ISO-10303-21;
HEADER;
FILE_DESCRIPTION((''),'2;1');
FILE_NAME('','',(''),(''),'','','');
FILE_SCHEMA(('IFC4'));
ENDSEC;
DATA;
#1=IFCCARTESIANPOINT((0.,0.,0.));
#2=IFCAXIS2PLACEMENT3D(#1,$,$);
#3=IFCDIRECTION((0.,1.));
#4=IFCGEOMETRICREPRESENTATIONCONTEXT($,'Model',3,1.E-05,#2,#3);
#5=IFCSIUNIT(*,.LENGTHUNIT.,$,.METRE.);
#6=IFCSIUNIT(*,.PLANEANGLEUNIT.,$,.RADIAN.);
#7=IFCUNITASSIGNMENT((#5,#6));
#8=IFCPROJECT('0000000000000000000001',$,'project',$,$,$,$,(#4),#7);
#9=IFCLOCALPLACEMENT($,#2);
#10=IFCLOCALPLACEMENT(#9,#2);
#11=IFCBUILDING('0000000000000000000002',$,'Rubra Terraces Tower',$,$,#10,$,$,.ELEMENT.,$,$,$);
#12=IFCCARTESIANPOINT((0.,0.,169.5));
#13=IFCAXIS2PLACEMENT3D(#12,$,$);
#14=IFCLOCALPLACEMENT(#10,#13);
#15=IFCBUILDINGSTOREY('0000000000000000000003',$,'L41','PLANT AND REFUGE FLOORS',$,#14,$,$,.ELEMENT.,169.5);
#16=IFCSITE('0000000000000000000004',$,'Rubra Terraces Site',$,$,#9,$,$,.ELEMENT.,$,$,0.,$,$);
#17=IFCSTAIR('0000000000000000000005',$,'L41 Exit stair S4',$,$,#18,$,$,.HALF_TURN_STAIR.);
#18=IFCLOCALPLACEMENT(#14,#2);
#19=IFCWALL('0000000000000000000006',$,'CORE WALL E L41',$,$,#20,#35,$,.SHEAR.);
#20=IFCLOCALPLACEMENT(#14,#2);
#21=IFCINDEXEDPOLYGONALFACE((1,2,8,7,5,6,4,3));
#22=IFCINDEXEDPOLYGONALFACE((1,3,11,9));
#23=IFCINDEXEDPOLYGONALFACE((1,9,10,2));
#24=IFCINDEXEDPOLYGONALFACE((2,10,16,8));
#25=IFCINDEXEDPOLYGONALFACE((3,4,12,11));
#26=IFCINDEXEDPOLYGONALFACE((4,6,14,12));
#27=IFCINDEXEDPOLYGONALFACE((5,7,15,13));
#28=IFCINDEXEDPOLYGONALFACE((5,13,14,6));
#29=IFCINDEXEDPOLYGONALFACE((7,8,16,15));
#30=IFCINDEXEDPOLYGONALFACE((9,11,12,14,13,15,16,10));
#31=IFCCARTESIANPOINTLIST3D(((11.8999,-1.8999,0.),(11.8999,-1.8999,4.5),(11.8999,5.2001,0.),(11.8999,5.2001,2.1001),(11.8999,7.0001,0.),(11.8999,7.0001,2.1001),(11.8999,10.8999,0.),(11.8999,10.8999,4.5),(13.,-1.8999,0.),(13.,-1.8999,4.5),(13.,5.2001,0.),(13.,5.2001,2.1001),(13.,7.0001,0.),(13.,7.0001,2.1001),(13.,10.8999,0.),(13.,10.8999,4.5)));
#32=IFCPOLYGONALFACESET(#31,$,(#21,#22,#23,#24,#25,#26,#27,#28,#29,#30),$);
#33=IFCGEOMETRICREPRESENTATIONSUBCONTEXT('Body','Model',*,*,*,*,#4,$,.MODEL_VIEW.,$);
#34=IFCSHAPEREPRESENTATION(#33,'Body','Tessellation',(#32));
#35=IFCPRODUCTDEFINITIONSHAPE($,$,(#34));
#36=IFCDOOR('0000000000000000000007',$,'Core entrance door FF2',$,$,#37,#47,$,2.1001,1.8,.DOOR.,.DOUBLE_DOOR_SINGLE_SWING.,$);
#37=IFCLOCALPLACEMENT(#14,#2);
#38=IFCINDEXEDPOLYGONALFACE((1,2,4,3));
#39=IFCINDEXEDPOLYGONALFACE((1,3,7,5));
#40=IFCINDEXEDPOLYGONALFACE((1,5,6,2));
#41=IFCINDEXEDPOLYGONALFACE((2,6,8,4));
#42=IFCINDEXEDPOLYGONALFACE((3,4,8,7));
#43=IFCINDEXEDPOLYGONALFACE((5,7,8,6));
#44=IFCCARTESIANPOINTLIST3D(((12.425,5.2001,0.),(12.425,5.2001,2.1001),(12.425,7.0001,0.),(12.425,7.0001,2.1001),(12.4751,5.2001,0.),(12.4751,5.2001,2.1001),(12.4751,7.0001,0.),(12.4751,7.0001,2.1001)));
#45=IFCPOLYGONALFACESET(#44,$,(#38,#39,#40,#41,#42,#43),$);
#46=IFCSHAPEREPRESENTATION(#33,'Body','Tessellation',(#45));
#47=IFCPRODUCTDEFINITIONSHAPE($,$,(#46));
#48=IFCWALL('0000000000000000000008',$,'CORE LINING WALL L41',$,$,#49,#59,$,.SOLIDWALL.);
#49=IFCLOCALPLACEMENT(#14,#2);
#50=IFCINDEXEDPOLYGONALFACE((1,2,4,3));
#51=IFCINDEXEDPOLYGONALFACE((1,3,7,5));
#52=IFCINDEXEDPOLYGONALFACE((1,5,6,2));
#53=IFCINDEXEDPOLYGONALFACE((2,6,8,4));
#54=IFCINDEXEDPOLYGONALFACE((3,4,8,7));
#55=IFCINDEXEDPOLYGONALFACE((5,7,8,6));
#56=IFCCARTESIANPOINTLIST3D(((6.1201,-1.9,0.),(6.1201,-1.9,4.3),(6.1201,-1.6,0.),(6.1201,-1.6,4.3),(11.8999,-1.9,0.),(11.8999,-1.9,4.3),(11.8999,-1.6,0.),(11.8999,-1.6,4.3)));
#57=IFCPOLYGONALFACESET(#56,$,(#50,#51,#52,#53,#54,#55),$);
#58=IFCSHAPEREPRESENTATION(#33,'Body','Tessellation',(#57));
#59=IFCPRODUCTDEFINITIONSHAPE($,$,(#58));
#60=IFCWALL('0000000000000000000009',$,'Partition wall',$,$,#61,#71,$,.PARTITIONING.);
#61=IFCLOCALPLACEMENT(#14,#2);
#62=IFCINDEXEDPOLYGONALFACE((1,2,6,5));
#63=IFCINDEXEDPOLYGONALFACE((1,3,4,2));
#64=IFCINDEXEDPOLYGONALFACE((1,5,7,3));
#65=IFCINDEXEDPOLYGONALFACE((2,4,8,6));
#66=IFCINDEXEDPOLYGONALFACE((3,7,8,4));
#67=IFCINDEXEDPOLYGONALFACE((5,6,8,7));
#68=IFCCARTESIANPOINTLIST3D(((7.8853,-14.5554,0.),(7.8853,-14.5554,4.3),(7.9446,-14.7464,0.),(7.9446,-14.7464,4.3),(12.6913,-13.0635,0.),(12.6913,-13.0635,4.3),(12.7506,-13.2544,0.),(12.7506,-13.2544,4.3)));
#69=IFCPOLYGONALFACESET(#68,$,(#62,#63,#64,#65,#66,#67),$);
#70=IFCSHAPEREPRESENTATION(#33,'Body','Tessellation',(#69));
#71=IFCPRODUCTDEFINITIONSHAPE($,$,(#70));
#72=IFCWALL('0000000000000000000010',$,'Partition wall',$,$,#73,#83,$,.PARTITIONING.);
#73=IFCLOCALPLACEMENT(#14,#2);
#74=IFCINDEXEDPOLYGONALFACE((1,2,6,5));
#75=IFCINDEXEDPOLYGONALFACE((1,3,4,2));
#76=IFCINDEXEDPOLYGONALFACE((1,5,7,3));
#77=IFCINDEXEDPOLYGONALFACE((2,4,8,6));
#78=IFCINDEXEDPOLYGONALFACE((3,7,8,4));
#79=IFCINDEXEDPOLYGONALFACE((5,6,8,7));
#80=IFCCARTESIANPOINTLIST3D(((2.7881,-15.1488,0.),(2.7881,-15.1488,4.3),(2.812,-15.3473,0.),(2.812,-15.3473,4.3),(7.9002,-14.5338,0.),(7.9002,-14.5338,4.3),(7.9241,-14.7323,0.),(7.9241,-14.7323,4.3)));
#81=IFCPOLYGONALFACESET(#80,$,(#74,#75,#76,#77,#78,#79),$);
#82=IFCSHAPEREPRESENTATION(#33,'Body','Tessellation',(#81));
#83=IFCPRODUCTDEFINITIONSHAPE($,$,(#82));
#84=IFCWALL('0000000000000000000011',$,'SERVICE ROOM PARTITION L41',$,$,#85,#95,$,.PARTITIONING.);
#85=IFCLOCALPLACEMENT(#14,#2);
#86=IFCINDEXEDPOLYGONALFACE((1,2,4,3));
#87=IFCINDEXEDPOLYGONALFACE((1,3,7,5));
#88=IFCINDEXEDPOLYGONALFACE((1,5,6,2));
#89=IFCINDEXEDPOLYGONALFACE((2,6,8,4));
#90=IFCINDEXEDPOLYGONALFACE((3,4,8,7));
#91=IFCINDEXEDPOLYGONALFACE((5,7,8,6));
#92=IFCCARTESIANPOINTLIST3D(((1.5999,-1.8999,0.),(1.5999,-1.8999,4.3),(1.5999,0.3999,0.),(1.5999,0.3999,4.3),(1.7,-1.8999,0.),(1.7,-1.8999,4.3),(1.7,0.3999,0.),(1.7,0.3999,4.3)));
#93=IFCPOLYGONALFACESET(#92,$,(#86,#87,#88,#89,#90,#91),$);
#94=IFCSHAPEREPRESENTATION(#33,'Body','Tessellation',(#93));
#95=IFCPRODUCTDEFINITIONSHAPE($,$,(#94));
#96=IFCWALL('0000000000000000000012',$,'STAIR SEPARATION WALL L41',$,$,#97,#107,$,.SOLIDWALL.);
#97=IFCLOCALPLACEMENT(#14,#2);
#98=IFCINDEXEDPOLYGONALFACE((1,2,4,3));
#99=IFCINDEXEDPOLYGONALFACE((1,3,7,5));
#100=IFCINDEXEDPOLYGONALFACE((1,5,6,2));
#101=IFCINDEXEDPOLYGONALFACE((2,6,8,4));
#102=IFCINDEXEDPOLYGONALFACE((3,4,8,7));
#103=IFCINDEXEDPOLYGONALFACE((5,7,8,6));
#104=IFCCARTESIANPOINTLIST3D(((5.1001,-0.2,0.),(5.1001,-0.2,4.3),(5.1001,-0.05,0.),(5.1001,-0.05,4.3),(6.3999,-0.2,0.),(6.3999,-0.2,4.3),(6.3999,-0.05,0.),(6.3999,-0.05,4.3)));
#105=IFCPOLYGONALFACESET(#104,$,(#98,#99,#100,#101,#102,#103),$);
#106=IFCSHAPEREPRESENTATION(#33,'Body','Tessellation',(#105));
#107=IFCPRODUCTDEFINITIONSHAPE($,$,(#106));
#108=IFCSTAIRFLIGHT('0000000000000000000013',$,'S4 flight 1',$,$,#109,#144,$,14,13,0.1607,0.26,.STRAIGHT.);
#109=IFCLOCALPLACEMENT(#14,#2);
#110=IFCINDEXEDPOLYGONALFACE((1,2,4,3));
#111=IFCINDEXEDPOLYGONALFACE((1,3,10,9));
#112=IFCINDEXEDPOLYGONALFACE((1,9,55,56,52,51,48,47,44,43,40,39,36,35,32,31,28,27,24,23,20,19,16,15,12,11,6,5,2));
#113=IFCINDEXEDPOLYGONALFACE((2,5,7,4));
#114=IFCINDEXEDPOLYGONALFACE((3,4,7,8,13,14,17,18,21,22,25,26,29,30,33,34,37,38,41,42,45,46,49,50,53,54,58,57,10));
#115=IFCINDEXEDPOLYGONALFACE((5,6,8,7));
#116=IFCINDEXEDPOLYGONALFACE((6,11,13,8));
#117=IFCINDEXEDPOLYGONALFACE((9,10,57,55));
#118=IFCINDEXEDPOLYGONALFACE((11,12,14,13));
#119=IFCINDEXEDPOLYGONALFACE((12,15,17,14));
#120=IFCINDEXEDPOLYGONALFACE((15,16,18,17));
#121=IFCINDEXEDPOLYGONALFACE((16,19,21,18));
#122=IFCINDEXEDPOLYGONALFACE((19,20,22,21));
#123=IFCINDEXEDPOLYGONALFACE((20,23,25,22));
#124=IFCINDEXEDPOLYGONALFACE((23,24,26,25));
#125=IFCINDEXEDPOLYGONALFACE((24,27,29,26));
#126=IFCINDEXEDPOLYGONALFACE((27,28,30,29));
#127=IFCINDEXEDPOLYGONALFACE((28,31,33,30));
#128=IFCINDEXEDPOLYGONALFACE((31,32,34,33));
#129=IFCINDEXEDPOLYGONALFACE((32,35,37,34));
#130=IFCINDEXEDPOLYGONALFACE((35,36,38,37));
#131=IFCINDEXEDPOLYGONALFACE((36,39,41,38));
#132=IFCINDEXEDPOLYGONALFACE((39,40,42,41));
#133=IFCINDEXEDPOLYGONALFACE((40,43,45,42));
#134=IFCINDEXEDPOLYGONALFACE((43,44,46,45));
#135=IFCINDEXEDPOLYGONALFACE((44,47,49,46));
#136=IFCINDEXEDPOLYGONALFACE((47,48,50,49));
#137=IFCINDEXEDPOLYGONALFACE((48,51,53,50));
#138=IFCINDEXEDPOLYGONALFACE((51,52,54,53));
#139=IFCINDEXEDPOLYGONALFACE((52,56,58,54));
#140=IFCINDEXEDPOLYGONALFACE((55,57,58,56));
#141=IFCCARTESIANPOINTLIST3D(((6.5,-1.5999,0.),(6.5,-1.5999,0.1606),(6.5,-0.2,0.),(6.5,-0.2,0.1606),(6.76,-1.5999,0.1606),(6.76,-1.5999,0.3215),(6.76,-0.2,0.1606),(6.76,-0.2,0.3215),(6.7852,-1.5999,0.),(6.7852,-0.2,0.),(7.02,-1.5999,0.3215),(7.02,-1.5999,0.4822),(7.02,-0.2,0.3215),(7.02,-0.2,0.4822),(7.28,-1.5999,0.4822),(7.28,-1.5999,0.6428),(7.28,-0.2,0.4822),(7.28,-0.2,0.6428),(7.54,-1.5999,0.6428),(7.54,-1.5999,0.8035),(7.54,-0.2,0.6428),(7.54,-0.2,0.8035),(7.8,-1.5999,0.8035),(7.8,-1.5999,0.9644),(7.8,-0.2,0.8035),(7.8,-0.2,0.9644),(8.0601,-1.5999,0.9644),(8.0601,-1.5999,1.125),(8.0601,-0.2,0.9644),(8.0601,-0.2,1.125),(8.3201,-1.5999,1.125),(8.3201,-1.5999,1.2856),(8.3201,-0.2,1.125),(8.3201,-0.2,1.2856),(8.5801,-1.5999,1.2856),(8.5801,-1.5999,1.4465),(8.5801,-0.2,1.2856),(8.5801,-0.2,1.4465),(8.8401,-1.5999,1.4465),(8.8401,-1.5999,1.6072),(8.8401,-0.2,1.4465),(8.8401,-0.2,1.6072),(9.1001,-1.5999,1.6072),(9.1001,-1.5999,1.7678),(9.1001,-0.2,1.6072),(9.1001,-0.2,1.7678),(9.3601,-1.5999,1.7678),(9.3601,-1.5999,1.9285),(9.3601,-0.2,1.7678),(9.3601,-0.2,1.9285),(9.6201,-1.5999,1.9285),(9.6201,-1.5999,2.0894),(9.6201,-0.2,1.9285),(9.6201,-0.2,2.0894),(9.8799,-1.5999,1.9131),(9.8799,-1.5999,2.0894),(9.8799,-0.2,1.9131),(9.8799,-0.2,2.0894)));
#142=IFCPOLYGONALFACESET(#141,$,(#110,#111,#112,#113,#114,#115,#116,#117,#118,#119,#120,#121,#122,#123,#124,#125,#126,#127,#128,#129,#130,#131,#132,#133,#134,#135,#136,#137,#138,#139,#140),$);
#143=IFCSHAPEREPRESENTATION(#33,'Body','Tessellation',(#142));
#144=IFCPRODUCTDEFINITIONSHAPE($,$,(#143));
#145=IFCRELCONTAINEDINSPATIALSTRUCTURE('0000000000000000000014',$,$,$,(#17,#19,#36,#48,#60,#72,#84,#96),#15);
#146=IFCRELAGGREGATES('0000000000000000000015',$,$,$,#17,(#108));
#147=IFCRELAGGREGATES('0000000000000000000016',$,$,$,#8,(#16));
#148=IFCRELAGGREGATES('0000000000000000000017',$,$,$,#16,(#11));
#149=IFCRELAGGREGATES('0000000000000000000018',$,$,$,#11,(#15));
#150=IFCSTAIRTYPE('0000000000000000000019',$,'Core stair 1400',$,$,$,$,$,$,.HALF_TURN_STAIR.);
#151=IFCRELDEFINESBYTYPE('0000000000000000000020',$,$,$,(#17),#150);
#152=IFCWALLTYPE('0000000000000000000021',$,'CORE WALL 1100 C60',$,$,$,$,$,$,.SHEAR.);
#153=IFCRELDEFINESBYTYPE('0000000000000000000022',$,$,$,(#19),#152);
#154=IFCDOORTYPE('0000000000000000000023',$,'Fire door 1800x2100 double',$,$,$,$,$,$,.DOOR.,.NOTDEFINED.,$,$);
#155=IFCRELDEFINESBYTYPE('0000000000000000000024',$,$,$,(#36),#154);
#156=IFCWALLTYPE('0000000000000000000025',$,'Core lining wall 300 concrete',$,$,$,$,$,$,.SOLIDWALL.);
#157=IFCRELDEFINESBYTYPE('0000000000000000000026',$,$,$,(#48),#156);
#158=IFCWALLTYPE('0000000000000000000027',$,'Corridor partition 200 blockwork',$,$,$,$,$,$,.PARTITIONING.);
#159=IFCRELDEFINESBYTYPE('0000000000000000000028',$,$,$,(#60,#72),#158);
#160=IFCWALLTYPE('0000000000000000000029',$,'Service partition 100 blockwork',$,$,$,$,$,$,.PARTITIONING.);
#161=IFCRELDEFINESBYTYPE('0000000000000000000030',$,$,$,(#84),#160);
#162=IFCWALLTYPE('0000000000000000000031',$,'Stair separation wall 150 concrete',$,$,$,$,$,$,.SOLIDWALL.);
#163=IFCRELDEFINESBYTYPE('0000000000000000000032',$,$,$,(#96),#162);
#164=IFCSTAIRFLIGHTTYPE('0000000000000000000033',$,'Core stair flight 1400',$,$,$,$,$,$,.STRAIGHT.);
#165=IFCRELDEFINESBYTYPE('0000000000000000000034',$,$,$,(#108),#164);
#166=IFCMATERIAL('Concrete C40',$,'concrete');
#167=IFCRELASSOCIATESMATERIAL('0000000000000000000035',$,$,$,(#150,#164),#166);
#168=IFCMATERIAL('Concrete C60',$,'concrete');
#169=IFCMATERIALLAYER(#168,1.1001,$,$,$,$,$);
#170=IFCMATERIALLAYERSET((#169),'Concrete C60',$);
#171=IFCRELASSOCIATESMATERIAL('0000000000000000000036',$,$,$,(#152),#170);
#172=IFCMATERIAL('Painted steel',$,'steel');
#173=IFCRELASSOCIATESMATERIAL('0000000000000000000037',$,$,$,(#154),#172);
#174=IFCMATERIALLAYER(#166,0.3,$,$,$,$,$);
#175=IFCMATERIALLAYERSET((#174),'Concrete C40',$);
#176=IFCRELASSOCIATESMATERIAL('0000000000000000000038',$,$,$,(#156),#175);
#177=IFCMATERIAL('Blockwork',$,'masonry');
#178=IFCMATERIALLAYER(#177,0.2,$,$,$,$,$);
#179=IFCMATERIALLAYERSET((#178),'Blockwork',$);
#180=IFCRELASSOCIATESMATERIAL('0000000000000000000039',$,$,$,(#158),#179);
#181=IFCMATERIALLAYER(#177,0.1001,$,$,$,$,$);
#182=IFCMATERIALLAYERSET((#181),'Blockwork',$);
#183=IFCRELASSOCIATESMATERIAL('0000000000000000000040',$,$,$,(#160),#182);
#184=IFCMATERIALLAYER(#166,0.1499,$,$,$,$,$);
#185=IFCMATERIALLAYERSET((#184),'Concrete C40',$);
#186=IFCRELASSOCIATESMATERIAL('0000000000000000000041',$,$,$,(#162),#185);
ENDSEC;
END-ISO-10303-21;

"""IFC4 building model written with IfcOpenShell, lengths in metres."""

from ifc_helpers import new_model, si_unit, direction, frame, frame_2d, origin, place, context, subcontext, project, spatial, polyline, rectangle, outline, extrude, material, layer, layer_set, type_object, element, fill, aggregate, save


model = new_model("IFC4")

# Units and contexts
model_context = context("Model", 3, precision=1e-05, world=origin(), true_north=direction((0.0, 1.0)))
body_context = subcontext(model_context, "Body", "Model", "MODEL_VIEW")
ifc_project = project(units=[si_unit("LENGTHUNIT", "METRE"), si_unit("PLANEANGLEUNIT", "RADIAN")], contexts=[model_context])

# Site, building, storey
site_placement = place(None, origin())
site = spatial("IfcSite", under=ifc_project, at=site_placement, Name="Rubra Terraces Site", CompositionType="ELEMENT", RefElevation=0.0)
building_placement = place(site_placement, origin())
building = spatial("IfcBuilding", under=site, at=building_placement, Name="Rubra Terraces Tower", CompositionType="ELEMENT")
storey_placement = place(building_placement, frame((0.0, 0.0, 169.5)))
storey = spatial("IfcBuildingStorey", under=building, at=storey_placement, Name="L41", Description="PLANT AND REFUGE FLOORS", CompositionType="ELEMENT", Elevation=169.5)

# Shared definitions
ifc_material_1 = material(Name="Concrete C40", Category="concrete")

# Stair
stair_type = type_object("IfcStairType", Name="Core stair 1400", PredefinedType="HALF_TURN_STAIR", material=ifc_material_1)
stair_1_placement = place(storey_placement, origin())
stair_1 = element("IfcStair", 1, at=stair_1_placement, inside=storey, type_object=stair_type, Name="L41 Exit stair S4", PredefinedType="HALF_TURN_STAIR")

# Wall, opening, door
ifc_material_2 = material(Name="Concrete C60", Category="concrete")
ifc_layer_1 = layer(ifc_material_2, 1.1001)
ifc_layer_set_1 = layer_set([ifc_layer_1], Name="Concrete C60")
wall_type_1 = type_object("IfcWallType", Name="CORE WALL 1100 C60", PredefinedType="SHEAR", material=ifc_layer_set_1)
wall_1_placement = place(storey_placement, frame((12.45, -1.8999, 0.0), z_axis=(0.0, 0.0, 1.0), x_axis=(0.0, 1.0, 0.0)))
wall_1 = element("IfcWall", 2, at=wall_1_placement, inside=storey, type_object=wall_type_1, Name="CORE WALL E L41", PredefinedType="SHEAR", context=body_context, shape_type="SweptSolid", body=[
    extrude(rectangle(XDim=12.7998, YDim=1.1001, at=frame_2d((6.3999, 0.0))), origin(), (0.0, 0.0, 1.0), 4.5),
])
opening_placement = place(wall_1_placement, frame((7.1001, 0.0, 0.0)))
opening = element("IfcOpeningElement", 3, at=opening_placement, cuts=wall_1, PredefinedType="OPENING", context=body_context, shape_type="SweptSolid", body=[
    extrude(rectangle(XDim=1.8, YDim=2.1001, at=frame_2d((0.8999, 1.05))), frame((0.0, 0.5601, 0.0), z_axis=(0.0, -1.0, 0.0), x_axis=(1.0, 0.0, 0.0)), (0.0, 0.0, 1.0), 1.1201),
])
ifc_material_3 = material(Name="Painted steel", Category="steel")
door_type = type_object("IfcDoorType", Name="Fire door 1800x2100 double", OperationType="NOTDEFINED", PredefinedType="DOOR", material=ifc_material_3)
door_placement = place(opening_placement, origin())
door = element("IfcDoor", 4, at=door_placement, inside=storey, type_object=door_type, Name="Core entrance door FF2", OperationType="DOUBLE_DOOR_SINGLE_SWING", OverallHeight=2.1001, OverallWidth=1.8, PredefinedType="DOOR", context=body_context, shape_type="SweptSolid", body=[
    extrude(rectangle(XDim=1.8, YDim=2.1001, at=frame_2d((0.8999, 1.05))), frame((0.0, 0.0249, 0.0), z_axis=(0.0, -1.0, 0.0), x_axis=(1.0, 0.0, 0.0)), (0.0, 0.0, 1.0), 0.05),
])
fill(opening, door)

# Walls
ifc_layer_2 = layer(ifc_material_1, 0.3)
ifc_layer_set_2 = layer_set([ifc_layer_2], Name="Concrete C40")
wall_type_2 = type_object("IfcWallType", Name="Core lining wall 300 concrete", PredefinedType="SOLIDWALL", material=ifc_layer_set_2)
wall_2_placement = place(storey_placement, frame((11.8999, -1.75, 0.0), z_axis=(0.0, 0.0, 1.0), x_axis=(-1.0, 0.0, 0.0)))
element("IfcWall", 5, at=wall_2_placement, inside=storey, type_object=wall_type_2, Name="CORE LINING WALL L41", PredefinedType="SOLIDWALL", context=body_context, shape_type="SweptSolid", body=[
    extrude(rectangle(XDim=5.7798, YDim=0.3, at=frame_2d((2.8899, 0.0))), origin(), (0.0, 0.0, 1.0), 4.3),
])
ifc_material_4 = material(Name="Blockwork", Category="masonry")
ifc_layer_3 = layer(ifc_material_4, 0.2)
ifc_layer_set_3 = layer_set([ifc_layer_3], Name="Blockwork")
wall_type_3 = type_object("IfcWallType", Name="Corridor partition 200 blockwork", PredefinedType="PARTITIONING", material=ifc_layer_set_3)
wall_3_placement = place(storey_placement, frame((12.7209, -13.1589, 0.0), z_axis=(0.0, 0.0, 1.0), x_axis=(-0.955039, -0.296482, 0.0)))
element("IfcWall", 6, at=wall_3_placement, inside=storey, type_object=wall_type_3, Name="Partition wall", PredefinedType="PARTITIONING", context=body_context, shape_type="SweptSolid", body=[
    extrude(rectangle(XDim=5.0322, YDim=0.2, at=frame_2d((2.5161, 0.0))), origin(), (0.0, 0.0, 1.0), 4.3),
])
wall_4_placement = place(storey_placement, frame((7.9121, -14.6331, 0.0), z_axis=(0.0, 0.0, 1.0), x_axis=(-0.992841, -0.119441, 0.0)))
element("IfcWall", 7, at=wall_4_placement, inside=storey, type_object=wall_type_3, Name="Partition wall", PredefinedType="PARTITIONING", context=body_context, shape_type="SweptSolid", body=[
    extrude(rectangle(XDim=5.1489, YDim=0.2, at=frame_2d((2.5745, 0.0))), origin(), (0.0, 0.0, 1.0), 4.3),
])
ifc_layer_4 = layer(ifc_material_4, 0.1001)
ifc_layer_set_4 = layer_set([ifc_layer_4], Name="Blockwork")
wall_type_4 = type_object("IfcWallType", Name="Service partition 100 blockwork", PredefinedType="PARTITIONING", material=ifc_layer_set_4)
wall_5_placement = place(storey_placement, frame((1.6499, -1.8999, 0.0), z_axis=(0.0, 0.0, 1.0), x_axis=(0.0, 1.0, 0.0)))
element("IfcWall", 8, at=wall_5_placement, inside=storey, type_object=wall_type_4, Name="SERVICE ROOM PARTITION L41", PredefinedType="PARTITIONING", context=body_context, shape_type="SweptSolid", body=[
    extrude(rectangle(XDim=2.2998, YDim=0.1001, at=frame_2d((1.1499, 0.0))), origin(), (0.0, 0.0, 1.0), 4.3),
])
ifc_layer_5 = layer(ifc_material_1, 0.1499)
ifc_layer_set_5 = layer_set([ifc_layer_5], Name="Concrete C40")
wall_type_5 = type_object("IfcWallType", Name="Stair separation wall 150 concrete", PredefinedType="SOLIDWALL", material=ifc_layer_set_5)
wall_6_placement = place(storey_placement, frame((6.3999, -0.125, 0.0), z_axis=(0.0, 0.0, 1.0), x_axis=(-1.0, 0.0, 0.0)))
element("IfcWall", 9, at=wall_6_placement, inside=storey, type_object=wall_type_5, Name="STAIR SEPARATION WALL L41", PredefinedType="SOLIDWALL", context=body_context, shape_type="SweptSolid", body=[
    extrude(rectangle(XDim=1.2998, YDim=0.1499, at=frame_2d((0.6499, 0.0))), origin(), (0.0, 0.0, 1.0), 4.3),
])

# Stair flight
stair_flight_type = type_object("IfcStairFlightType", Name="Core stair flight 1400", PredefinedType="STRAIGHT", material=ifc_material_1)
stair_flight_placement = place(storey_placement, frame((6.5, -0.8999, 0.0), z_axis=(0.0, 0.0, 1.0), x_axis=(1.0, 0.0, 0.0)))
stair_flight = element("IfcStairFlight", 10, at=stair_flight_placement, type_object=stair_flight_type, Name="S4 flight 1", NumberOfRisers=14, NumberOfTreads=13, PredefinedType="STRAIGHT", RiserHeight=0.1607, TreadLength=0.26, context=body_context, shape_type="SweptSolid", body=[
    extrude(outline(polyline([(0.0, 0.0), (0.0, 0.1606), (0.26, 0.1606), (0.26, 0.3215), (0.52, 0.3215), (0.52, 0.4822), (0.78, 0.4822), (0.78, 0.6428), (1.04, 0.6428), (1.04, 0.8035), (1.3, 0.8035), (1.3, 0.9644), (1.5601, 0.9644), (1.5601, 1.125), (1.8201, 1.125), (1.8201, 1.2856), (2.0801, 1.2856), (2.0801, 1.4465), (2.3401, 1.4465), (2.3401, 1.6072), (2.6001, 1.6072), (2.6001, 1.7678), (2.8601, 1.7678), (2.8601, 1.9285), (3.1201, 1.9285), (3.1201, 2.0894), (3.3799, 2.0894), (3.3799, 2.25), (3.3799, 1.9131), (0.2852, 0.0), (0.0, 0.0)])), frame((0.0, 0.7, 0.0), z_axis=(0.0, -1.0, 0.0), x_axis=(1.0, 0.0, 0.0)), (0.0, 0.0, 1.0), 1.3999),
])
aggregate(stair_1, [stair_flight])

save(model, "model.ifc")
